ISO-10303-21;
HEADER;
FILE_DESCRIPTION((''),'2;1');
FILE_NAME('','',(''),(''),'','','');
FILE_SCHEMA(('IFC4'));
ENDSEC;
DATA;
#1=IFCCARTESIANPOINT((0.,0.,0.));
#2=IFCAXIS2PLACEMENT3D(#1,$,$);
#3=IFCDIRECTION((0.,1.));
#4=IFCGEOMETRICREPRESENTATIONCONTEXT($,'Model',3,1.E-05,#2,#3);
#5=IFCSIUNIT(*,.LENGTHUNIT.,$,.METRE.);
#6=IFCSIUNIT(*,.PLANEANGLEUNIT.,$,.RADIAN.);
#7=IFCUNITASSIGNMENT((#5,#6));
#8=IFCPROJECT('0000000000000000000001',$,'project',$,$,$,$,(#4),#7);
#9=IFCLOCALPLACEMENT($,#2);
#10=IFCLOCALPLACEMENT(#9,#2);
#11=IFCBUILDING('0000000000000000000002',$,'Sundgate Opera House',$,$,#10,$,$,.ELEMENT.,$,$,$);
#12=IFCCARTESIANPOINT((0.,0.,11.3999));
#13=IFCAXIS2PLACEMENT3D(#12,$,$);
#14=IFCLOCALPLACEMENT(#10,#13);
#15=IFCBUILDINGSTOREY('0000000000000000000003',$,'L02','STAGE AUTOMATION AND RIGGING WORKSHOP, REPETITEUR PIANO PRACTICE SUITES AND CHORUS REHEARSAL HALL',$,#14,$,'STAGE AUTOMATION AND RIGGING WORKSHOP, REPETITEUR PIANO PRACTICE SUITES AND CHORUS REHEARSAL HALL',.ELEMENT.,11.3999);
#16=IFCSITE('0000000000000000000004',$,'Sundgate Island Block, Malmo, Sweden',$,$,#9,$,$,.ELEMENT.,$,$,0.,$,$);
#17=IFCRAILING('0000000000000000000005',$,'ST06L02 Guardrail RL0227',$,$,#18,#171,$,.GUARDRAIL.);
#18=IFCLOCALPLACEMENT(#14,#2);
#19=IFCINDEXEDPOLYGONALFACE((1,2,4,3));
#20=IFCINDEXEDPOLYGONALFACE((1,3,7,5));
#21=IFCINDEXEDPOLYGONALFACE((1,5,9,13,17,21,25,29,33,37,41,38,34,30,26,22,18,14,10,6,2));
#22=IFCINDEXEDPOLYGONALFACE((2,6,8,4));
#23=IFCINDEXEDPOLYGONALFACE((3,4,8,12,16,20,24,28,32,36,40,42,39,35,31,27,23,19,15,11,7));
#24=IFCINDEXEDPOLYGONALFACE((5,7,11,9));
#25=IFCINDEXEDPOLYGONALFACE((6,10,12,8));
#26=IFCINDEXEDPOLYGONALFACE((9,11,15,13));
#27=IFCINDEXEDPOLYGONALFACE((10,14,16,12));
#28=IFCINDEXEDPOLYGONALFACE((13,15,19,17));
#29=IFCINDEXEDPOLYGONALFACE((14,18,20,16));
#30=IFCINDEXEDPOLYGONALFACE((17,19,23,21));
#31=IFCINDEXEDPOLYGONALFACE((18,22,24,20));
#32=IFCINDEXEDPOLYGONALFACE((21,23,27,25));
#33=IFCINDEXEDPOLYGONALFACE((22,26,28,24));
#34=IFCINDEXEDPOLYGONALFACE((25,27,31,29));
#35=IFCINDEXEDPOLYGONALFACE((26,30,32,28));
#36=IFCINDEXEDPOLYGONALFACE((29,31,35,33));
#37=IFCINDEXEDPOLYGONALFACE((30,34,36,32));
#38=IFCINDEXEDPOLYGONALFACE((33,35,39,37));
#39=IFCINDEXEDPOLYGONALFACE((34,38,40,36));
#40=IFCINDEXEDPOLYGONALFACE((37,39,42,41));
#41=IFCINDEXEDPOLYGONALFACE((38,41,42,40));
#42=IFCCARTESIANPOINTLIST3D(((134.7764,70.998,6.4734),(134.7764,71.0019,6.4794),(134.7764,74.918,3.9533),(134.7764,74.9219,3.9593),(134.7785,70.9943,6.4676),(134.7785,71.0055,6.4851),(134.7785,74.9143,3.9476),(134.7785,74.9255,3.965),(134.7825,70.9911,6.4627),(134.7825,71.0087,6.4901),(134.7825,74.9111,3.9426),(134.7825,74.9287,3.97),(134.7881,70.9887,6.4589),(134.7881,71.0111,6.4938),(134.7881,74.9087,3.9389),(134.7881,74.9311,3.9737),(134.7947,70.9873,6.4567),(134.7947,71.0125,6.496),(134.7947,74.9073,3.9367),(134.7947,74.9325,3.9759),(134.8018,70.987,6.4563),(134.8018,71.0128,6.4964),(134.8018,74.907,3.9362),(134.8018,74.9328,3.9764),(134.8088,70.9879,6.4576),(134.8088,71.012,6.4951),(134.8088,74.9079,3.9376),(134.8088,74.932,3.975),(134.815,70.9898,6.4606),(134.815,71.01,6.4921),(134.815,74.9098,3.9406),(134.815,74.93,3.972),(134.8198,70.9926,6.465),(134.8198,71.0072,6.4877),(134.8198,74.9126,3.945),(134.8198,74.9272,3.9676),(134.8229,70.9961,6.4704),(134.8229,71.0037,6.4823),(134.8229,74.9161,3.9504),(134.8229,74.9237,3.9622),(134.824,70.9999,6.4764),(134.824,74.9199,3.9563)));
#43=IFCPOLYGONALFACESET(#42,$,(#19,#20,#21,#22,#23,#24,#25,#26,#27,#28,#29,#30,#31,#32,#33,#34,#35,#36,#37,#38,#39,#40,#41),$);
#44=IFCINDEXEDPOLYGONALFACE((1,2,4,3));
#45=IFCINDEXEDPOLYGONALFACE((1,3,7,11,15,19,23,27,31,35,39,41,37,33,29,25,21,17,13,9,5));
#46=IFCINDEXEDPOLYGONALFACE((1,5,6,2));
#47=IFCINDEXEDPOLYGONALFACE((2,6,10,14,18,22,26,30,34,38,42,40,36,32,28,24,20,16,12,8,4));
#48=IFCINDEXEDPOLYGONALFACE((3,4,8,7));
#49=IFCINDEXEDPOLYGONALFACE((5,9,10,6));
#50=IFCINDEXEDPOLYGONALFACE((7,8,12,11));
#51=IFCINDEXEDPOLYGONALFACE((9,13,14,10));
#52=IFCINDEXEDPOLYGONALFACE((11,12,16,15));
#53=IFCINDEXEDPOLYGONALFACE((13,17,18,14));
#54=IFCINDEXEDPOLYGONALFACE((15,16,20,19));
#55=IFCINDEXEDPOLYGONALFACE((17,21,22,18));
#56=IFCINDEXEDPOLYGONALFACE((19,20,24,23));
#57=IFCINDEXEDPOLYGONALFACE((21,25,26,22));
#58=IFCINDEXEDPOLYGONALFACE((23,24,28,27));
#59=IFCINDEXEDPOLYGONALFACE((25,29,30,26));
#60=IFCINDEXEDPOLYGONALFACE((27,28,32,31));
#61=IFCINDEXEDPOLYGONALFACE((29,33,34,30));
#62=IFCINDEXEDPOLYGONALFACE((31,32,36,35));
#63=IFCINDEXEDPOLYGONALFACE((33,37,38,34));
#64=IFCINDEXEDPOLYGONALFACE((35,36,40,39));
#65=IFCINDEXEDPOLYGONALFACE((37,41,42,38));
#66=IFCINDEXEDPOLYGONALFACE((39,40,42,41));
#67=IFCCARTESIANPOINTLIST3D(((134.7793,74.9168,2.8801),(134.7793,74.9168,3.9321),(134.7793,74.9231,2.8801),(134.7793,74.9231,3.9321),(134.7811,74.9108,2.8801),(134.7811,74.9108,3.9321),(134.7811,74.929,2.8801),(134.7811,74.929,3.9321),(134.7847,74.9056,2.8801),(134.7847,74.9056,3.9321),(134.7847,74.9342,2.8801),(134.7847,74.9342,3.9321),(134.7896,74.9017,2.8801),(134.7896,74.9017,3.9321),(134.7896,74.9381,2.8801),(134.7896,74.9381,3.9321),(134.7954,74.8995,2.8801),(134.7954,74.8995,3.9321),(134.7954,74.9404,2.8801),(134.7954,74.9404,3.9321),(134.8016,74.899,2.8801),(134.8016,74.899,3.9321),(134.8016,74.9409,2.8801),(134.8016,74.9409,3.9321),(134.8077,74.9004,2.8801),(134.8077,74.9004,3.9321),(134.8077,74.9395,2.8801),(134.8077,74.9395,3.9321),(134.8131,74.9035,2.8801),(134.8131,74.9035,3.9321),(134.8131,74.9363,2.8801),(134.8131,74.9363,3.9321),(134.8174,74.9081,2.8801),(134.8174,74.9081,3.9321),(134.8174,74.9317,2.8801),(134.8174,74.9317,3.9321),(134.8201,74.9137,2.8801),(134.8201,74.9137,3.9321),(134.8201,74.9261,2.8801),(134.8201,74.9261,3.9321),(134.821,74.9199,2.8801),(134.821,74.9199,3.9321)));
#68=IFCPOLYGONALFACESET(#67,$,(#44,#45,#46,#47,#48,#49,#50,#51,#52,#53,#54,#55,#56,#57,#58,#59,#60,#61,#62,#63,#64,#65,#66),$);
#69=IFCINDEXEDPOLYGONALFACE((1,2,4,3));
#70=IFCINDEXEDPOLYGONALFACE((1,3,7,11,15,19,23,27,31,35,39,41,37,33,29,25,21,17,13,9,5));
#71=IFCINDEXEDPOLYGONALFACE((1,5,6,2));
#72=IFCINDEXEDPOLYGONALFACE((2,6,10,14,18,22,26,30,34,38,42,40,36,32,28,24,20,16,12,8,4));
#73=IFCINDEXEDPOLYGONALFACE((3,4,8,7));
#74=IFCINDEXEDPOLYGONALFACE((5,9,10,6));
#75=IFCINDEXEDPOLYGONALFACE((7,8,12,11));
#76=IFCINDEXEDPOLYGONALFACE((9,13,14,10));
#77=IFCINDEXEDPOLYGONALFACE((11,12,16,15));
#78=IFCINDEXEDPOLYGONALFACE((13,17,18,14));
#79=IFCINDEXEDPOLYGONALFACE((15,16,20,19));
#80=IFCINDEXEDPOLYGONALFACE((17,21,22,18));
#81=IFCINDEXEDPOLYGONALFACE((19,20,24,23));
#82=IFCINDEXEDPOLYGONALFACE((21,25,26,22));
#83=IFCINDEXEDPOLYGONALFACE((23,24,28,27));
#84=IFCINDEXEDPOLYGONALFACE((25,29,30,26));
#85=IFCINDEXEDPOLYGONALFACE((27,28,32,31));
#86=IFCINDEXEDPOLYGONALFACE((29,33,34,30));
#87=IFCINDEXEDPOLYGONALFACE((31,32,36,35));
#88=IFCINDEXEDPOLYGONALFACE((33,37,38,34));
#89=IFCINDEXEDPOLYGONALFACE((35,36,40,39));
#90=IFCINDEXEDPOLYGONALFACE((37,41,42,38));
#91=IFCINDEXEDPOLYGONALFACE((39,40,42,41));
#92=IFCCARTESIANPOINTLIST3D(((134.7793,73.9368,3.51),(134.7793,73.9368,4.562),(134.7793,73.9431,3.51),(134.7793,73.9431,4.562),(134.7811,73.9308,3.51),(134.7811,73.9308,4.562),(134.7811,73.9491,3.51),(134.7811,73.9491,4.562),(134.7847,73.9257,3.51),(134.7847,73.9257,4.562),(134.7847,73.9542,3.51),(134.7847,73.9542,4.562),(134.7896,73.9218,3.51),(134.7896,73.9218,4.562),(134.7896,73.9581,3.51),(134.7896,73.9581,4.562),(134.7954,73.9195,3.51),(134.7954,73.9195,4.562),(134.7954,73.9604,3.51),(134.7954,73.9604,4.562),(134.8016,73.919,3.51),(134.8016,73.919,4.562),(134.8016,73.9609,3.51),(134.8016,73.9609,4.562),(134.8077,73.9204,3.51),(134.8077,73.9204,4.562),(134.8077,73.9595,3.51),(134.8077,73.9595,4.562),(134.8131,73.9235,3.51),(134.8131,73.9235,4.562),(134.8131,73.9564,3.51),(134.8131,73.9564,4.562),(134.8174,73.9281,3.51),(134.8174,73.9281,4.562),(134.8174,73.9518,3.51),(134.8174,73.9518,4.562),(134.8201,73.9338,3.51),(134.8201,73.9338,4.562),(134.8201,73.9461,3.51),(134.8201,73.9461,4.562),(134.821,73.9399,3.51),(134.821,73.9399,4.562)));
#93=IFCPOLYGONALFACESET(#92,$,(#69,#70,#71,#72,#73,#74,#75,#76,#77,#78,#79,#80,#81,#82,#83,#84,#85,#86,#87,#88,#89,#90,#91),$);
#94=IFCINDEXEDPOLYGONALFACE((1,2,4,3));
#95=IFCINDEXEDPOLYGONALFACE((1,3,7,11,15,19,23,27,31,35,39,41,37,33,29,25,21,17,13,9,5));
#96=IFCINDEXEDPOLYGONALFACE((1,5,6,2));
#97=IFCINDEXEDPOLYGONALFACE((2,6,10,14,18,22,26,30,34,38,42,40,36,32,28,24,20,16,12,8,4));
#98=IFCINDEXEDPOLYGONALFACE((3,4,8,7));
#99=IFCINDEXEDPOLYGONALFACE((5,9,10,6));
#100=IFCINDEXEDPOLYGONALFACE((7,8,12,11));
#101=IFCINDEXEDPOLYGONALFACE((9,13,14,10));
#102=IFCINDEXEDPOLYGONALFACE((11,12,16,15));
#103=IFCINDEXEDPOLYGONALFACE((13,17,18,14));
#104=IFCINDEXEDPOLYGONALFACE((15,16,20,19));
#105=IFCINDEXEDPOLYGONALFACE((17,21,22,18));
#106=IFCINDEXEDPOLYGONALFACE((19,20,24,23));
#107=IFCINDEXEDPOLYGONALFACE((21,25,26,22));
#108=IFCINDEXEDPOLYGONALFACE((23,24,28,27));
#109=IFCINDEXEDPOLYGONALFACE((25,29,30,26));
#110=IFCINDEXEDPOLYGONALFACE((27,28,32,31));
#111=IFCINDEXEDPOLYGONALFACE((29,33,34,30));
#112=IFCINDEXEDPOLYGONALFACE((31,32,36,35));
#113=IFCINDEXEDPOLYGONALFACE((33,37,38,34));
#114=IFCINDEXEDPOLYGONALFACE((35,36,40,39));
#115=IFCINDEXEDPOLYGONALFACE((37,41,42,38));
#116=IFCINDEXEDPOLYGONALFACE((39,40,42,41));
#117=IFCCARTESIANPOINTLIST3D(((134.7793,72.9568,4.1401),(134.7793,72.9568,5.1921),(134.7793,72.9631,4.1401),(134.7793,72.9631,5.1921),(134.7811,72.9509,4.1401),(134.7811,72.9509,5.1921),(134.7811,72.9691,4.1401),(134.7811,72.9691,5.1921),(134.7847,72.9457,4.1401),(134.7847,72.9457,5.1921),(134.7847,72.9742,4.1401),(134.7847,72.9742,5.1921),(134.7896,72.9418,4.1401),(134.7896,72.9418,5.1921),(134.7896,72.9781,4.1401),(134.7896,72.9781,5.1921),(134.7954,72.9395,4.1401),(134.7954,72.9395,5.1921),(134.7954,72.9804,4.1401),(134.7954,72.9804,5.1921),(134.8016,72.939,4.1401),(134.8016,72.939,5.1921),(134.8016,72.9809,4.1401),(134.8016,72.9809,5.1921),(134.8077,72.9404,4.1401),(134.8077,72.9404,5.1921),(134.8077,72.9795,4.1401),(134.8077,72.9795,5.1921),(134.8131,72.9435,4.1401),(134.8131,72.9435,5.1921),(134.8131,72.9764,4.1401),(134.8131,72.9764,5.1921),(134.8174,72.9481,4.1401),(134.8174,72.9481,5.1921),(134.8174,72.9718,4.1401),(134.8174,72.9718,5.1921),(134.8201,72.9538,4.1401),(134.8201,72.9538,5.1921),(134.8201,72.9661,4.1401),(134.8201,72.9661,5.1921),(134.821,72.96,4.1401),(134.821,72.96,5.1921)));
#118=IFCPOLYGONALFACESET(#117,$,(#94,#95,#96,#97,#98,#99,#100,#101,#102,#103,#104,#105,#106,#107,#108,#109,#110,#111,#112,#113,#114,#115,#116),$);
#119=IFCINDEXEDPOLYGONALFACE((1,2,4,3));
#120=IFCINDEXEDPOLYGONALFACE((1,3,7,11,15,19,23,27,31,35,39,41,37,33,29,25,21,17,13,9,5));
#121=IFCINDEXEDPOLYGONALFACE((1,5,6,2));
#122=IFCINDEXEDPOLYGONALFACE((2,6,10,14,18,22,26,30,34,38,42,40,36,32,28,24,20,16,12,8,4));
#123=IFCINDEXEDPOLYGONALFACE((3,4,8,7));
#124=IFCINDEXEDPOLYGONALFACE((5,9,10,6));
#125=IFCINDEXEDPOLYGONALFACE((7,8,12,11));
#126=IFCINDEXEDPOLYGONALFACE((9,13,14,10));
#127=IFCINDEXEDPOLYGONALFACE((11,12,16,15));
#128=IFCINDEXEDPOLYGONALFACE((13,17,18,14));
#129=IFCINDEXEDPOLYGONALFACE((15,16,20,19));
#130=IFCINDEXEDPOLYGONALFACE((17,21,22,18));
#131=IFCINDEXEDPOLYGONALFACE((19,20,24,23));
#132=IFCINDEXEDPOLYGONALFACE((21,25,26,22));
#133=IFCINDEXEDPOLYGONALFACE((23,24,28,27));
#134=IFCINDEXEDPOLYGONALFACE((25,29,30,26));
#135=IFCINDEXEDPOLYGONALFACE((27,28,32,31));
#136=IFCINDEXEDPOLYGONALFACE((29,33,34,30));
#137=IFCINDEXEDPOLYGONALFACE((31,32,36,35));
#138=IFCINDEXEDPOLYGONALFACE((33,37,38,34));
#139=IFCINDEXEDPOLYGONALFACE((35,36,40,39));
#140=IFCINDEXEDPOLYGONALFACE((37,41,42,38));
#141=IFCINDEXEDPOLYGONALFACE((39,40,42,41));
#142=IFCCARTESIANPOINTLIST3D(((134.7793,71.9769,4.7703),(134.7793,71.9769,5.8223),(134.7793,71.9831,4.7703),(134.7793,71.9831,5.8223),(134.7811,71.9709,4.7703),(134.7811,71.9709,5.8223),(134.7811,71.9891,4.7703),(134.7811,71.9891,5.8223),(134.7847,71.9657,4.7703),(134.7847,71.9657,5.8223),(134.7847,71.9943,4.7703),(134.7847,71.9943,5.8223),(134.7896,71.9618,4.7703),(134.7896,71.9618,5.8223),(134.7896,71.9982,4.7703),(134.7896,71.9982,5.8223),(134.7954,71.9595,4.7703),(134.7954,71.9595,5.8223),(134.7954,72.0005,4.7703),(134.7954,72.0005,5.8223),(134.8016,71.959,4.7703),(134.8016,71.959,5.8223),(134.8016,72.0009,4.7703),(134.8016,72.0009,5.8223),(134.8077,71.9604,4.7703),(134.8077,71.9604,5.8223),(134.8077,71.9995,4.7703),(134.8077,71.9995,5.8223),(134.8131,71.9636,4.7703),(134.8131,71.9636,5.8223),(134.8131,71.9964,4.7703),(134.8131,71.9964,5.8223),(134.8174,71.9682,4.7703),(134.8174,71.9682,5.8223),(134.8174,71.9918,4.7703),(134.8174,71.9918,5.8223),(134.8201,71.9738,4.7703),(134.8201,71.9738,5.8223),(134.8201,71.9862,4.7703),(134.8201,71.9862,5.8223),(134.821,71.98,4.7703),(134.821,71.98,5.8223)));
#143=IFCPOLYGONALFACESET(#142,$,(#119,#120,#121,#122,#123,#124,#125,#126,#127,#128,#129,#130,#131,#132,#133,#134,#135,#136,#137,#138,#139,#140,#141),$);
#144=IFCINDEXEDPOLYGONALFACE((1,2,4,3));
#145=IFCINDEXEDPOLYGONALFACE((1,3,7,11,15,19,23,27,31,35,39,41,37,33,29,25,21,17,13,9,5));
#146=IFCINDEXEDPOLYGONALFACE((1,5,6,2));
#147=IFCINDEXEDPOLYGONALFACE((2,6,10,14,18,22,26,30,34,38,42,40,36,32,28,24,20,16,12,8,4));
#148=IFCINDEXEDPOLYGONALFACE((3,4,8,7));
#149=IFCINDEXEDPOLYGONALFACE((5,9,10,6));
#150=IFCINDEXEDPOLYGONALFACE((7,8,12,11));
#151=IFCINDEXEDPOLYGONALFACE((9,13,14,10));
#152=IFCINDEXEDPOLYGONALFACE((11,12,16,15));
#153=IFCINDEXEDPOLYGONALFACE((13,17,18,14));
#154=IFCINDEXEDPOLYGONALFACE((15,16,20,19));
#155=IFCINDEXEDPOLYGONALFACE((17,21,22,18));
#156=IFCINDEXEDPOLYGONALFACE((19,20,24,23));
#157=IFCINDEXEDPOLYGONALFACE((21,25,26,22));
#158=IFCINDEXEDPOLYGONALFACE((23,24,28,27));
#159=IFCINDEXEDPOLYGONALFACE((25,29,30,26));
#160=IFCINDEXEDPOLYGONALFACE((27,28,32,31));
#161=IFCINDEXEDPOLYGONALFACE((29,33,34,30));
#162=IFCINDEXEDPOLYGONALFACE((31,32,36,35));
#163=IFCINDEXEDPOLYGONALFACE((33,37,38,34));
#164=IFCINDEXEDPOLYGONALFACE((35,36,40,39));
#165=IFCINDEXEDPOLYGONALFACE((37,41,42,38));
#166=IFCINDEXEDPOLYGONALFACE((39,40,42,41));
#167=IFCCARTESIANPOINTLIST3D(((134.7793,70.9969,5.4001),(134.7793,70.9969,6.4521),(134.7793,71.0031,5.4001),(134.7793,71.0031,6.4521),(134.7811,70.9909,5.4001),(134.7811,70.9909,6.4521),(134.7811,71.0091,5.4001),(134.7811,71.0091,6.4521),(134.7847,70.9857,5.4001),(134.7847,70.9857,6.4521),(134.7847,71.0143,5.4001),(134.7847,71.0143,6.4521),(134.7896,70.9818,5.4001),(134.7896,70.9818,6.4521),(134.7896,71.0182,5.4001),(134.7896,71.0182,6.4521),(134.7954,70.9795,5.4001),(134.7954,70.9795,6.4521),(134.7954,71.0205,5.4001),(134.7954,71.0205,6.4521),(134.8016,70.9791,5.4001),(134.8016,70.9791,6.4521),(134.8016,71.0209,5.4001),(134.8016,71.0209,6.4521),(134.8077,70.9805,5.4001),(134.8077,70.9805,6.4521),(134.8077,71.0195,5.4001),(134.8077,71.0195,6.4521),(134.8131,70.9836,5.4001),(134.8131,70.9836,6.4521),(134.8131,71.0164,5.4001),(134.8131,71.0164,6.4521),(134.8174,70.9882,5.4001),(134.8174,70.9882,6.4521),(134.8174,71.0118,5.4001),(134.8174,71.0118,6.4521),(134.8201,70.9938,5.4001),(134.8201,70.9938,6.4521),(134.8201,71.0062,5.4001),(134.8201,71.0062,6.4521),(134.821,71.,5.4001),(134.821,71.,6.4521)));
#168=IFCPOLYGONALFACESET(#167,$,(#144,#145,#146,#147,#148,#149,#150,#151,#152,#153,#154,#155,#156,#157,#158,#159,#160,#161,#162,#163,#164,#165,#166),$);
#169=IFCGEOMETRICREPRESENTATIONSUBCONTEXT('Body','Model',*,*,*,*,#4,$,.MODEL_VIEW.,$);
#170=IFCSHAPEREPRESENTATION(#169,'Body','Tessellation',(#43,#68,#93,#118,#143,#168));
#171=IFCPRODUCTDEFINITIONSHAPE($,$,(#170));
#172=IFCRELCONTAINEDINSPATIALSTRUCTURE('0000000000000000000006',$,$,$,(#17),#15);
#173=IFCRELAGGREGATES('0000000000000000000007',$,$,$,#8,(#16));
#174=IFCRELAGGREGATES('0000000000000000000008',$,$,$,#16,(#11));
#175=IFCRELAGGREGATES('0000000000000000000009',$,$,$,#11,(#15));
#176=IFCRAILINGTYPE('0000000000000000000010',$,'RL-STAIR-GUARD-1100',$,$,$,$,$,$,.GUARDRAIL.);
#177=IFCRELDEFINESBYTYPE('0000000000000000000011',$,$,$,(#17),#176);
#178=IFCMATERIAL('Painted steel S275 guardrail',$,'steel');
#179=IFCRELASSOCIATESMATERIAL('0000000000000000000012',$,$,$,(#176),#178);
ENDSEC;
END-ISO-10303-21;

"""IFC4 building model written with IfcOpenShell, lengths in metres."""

from ifc_helpers import new_model, si_unit, direction, frame, origin, origin_2d, place, context, subcontext, project, spatial, circle, extrude, material, type_object, element, save


model = new_model("IFC4")

# Units and contexts
model_context = context("Model", 3, precision=1e-05, world=origin(), true_north=direction((0.0, 1.0)))
body_context = subcontext(model_context, "Body", "Model", "MODEL_VIEW")
ifc_project = project(units=[si_unit("LENGTHUNIT", "METRE"), si_unit("PLANEANGLEUNIT", "RADIAN")], contexts=[model_context])

# Site, building, storey
site_placement = place(None, origin())
site = spatial("IfcSite", under=ifc_project, at=site_placement, Name="Sundgate Island Block, Malmo, Sweden", CompositionType="ELEMENT", RefElevation=0.0)
building_placement = place(site_placement, origin())
building = spatial("IfcBuilding", under=site, at=building_placement, Name="Sundgate Opera House", CompositionType="ELEMENT")
storey_placement = place(building_placement, frame((0.0, 0.0, 11.3999)))
storey = spatial("IfcBuildingStorey", under=building, at=storey_placement, Name="L02", Description="STAGE AUTOMATION AND RIGGING WORKSHOP, REPETITEUR PIANO PRACTICE SUITES AND CHORUS REHEARSAL HALL", LongName="STAGE AUTOMATION AND RIGGING WORKSHOP, REPETITEUR PIANO PRACTICE SUITES AND CHORUS REHEARSAL HALL", CompositionType="ELEMENT", Elevation=11.3999)

# Railing
ifc_material_1 = material(Name="Painted steel S275 guardrail", Category="steel")
railing_type_1 = type_object("IfcRailingType", Name="RL-STAIR-GUARD-1100", PredefinedType="GUARDRAIL", material=ifc_material_1)
railing_1_placement = place(storey_placement, frame((134.8, 74.9199, 2.8801)))
element("IfcRailing", 1, at=railing_1_placement, inside=storey, type_object=railing_type_1, Name="ST06L02 Guardrail RL0227", PredefinedType="GUARDRAIL", context=body_context, shape_type="SweptSolid", body=[
    extrude(circle(Radius=0.0239, at=origin_2d()), frame((0.0, 0.0, 1.0762), z_axis=(0.0, -0.841172, 0.540768), x_axis=(1.0, 0.0, 0.0)), (0.0, 0.0, 1.0), 4.6602),
    extrude(circle(Radius=0.021, at=origin_2d()), origin(), (0.0, 0.0, 1.0), 1.052),
    extrude(circle(Radius=0.021, at=origin_2d()), frame((0.0, -0.98, 0.6299)), (0.0, 0.0, 1.0), 1.052),
    extrude(circle(Radius=0.021, at=origin_2d()), frame((0.0, -1.96, 1.26)), (0.0, 0.0, 1.0), 1.052),
    extrude(circle(Radius=0.021, at=origin_2d()), frame((0.0, -2.9399, 1.8901)), (0.0, 0.0, 1.0), 1.052),
    extrude(circle(Radius=0.021, at=origin_2d()), frame((0.0, -3.9199, 2.52)), (0.0, 0.0, 1.0), 1.052),
])

save(model, "model.ifc")
